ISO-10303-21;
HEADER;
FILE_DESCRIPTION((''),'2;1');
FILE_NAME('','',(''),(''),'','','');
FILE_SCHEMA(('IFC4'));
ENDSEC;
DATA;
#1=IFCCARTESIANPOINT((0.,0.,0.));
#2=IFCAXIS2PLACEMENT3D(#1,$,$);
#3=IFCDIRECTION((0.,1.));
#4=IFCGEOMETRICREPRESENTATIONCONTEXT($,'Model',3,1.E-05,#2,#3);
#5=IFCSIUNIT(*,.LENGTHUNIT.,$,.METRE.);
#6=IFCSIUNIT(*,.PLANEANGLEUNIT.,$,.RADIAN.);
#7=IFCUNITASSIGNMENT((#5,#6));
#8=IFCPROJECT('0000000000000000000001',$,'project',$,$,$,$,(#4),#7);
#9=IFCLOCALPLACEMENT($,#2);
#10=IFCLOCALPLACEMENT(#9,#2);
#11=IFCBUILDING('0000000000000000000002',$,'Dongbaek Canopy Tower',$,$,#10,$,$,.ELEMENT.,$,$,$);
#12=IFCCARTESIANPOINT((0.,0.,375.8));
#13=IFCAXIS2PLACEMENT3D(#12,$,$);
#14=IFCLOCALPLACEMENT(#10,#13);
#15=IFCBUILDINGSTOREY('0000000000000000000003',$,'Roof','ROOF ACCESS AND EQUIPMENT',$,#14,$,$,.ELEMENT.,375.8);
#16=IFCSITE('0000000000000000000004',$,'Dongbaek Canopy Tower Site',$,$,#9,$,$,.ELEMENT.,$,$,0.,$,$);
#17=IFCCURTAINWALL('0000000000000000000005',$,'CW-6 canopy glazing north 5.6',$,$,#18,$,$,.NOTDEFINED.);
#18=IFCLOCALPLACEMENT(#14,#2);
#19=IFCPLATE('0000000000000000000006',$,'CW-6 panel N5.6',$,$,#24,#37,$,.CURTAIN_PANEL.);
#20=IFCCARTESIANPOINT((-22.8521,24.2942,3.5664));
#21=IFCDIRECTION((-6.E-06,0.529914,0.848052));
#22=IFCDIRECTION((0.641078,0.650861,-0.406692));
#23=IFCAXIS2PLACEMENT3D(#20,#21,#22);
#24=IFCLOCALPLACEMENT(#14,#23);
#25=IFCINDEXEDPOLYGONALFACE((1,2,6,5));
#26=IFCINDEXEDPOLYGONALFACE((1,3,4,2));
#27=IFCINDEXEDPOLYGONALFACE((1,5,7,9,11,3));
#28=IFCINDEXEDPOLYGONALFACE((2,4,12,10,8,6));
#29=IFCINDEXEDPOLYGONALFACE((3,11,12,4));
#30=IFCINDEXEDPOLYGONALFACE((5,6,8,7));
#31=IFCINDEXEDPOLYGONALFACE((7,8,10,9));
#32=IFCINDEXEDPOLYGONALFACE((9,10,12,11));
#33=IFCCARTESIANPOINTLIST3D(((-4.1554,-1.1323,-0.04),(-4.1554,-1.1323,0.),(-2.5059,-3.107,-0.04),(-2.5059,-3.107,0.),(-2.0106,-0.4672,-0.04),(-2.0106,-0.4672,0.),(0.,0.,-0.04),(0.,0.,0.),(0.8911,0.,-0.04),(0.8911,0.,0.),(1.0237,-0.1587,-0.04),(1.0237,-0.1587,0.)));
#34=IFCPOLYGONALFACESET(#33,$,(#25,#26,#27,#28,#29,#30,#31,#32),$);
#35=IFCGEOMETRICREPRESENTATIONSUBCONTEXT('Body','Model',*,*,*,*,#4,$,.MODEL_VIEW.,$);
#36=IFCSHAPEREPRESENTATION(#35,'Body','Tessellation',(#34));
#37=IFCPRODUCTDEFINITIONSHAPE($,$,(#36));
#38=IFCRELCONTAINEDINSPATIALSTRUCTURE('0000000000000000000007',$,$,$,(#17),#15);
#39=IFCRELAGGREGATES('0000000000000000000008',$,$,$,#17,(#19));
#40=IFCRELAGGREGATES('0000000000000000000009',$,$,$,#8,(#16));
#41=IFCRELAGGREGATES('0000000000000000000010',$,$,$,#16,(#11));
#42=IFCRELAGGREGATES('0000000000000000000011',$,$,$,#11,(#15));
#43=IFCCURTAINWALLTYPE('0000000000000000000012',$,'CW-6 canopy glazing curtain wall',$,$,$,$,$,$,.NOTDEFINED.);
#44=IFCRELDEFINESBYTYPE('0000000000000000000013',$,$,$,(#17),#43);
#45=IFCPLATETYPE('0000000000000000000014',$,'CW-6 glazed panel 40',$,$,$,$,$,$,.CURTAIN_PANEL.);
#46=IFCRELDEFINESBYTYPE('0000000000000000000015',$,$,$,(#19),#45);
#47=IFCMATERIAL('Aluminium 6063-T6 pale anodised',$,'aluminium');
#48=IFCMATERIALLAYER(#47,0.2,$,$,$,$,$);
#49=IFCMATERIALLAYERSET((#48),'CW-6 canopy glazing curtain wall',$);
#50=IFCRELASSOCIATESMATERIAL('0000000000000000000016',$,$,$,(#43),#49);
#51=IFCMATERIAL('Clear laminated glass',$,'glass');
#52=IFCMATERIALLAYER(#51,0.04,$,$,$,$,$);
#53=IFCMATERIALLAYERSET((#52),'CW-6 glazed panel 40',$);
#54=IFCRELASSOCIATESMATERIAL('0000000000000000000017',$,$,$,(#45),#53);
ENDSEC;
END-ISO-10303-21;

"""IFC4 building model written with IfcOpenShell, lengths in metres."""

from ifc_helpers import new_model, si_unit, direction, frame, origin, place, context, subcontext, project, spatial, polyline, outline, extrude, material, layer, layer_set, type_object, element, aggregate, save


model = new_model("IFC4")

# Units and contexts
model_context = context("Model", 3, precision=1e-05, world=origin(), true_north=direction((0.0, 1.0)))
body_context = subcontext(model_context, "Body", "Model", "MODEL_VIEW")
ifc_project = project(units=[si_unit("LENGTHUNIT", "METRE"), si_unit("PLANEANGLEUNIT", "RADIAN")], contexts=[model_context])

# Site, building, storey
site_placement = place(None, origin())
site = spatial("IfcSite", under=ifc_project, at=site_placement, Name="Dongbaek Canopy Tower Site", CompositionType="ELEMENT", RefElevation=0.0)
building_placement = place(site_placement, origin())
building = spatial("IfcBuilding", under=site, at=building_placement, Name="Dongbaek Canopy Tower", CompositionType="ELEMENT")
storey_placement = place(building_placement, frame((0.0, 0.0, 375.8)))
storey = spatial("IfcBuildingStorey", under=building, at=storey_placement, Name="Roof", Description="ROOF ACCESS AND EQUIPMENT", CompositionType="ELEMENT", Elevation=375.8)

# Shared definitions
ifc_material_1 = material(Name="Aluminium 6063-T6 pale anodised", Category="aluminium")
ifc_layer_1 = layer(ifc_material_1, 0.2)
ifc_layer_set_1 = layer_set([ifc_layer_1], Name="CW-6 canopy glazing curtain wall")
curtain_wall_type = type_object("IfcCurtainWallType", Name="CW-6 canopy glazing curtain wall", PredefinedType="NOTDEFINED", material=ifc_layer_set_1)

# Curtain wall, plate
curtain_wall_1_placement = place(storey_placement, origin())
curtain_wall_1 = element("IfcCurtainWall", 1, at=curtain_wall_1_placement, inside=storey, type_object=curtain_wall_type, Name="CW-6 canopy glazing north 5.6", PredefinedType="NOTDEFINED")
ifc_material_2 = material(Name="Clear laminated glass", Category="glass")
ifc_layer_2 = layer(ifc_material_2, 0.04)
ifc_layer_set_2 = layer_set([ifc_layer_2], Name="CW-6 glazed panel 40")
plate_type = type_object("IfcPlateType", Name="CW-6 glazed panel 40", PredefinedType="CURTAIN_PANEL", material=ifc_layer_set_2)
plate_1_placement = place(storey_placement, frame((-22.8521, 24.2942, 3.5664), z_axis=(-0.000006, 0.529914, 0.848052), x_axis=(0.641078, 0.650861, -0.406692)))
plate_1 = element("IfcPlate", 2, at=plate_1_placement, type_object=plate_type, Name="CW-6 panel N5.6", PredefinedType="CURTAIN_PANEL", context=body_context, shape_type="SweptSolid", body=[
    extrude(outline(polyline([(0.0, 0.0), (0.8911, 0.0), (1.0237, -0.1587), (-2.5059, -3.107), (-4.1554, -1.1323), (-2.0106, -0.4672), (0.0, 0.0)])), origin(), (0.0, 0.0, -1.0), 0.04),
])
aggregate(curtain_wall_1, [plate_1])

save(model, "model.ifc")
